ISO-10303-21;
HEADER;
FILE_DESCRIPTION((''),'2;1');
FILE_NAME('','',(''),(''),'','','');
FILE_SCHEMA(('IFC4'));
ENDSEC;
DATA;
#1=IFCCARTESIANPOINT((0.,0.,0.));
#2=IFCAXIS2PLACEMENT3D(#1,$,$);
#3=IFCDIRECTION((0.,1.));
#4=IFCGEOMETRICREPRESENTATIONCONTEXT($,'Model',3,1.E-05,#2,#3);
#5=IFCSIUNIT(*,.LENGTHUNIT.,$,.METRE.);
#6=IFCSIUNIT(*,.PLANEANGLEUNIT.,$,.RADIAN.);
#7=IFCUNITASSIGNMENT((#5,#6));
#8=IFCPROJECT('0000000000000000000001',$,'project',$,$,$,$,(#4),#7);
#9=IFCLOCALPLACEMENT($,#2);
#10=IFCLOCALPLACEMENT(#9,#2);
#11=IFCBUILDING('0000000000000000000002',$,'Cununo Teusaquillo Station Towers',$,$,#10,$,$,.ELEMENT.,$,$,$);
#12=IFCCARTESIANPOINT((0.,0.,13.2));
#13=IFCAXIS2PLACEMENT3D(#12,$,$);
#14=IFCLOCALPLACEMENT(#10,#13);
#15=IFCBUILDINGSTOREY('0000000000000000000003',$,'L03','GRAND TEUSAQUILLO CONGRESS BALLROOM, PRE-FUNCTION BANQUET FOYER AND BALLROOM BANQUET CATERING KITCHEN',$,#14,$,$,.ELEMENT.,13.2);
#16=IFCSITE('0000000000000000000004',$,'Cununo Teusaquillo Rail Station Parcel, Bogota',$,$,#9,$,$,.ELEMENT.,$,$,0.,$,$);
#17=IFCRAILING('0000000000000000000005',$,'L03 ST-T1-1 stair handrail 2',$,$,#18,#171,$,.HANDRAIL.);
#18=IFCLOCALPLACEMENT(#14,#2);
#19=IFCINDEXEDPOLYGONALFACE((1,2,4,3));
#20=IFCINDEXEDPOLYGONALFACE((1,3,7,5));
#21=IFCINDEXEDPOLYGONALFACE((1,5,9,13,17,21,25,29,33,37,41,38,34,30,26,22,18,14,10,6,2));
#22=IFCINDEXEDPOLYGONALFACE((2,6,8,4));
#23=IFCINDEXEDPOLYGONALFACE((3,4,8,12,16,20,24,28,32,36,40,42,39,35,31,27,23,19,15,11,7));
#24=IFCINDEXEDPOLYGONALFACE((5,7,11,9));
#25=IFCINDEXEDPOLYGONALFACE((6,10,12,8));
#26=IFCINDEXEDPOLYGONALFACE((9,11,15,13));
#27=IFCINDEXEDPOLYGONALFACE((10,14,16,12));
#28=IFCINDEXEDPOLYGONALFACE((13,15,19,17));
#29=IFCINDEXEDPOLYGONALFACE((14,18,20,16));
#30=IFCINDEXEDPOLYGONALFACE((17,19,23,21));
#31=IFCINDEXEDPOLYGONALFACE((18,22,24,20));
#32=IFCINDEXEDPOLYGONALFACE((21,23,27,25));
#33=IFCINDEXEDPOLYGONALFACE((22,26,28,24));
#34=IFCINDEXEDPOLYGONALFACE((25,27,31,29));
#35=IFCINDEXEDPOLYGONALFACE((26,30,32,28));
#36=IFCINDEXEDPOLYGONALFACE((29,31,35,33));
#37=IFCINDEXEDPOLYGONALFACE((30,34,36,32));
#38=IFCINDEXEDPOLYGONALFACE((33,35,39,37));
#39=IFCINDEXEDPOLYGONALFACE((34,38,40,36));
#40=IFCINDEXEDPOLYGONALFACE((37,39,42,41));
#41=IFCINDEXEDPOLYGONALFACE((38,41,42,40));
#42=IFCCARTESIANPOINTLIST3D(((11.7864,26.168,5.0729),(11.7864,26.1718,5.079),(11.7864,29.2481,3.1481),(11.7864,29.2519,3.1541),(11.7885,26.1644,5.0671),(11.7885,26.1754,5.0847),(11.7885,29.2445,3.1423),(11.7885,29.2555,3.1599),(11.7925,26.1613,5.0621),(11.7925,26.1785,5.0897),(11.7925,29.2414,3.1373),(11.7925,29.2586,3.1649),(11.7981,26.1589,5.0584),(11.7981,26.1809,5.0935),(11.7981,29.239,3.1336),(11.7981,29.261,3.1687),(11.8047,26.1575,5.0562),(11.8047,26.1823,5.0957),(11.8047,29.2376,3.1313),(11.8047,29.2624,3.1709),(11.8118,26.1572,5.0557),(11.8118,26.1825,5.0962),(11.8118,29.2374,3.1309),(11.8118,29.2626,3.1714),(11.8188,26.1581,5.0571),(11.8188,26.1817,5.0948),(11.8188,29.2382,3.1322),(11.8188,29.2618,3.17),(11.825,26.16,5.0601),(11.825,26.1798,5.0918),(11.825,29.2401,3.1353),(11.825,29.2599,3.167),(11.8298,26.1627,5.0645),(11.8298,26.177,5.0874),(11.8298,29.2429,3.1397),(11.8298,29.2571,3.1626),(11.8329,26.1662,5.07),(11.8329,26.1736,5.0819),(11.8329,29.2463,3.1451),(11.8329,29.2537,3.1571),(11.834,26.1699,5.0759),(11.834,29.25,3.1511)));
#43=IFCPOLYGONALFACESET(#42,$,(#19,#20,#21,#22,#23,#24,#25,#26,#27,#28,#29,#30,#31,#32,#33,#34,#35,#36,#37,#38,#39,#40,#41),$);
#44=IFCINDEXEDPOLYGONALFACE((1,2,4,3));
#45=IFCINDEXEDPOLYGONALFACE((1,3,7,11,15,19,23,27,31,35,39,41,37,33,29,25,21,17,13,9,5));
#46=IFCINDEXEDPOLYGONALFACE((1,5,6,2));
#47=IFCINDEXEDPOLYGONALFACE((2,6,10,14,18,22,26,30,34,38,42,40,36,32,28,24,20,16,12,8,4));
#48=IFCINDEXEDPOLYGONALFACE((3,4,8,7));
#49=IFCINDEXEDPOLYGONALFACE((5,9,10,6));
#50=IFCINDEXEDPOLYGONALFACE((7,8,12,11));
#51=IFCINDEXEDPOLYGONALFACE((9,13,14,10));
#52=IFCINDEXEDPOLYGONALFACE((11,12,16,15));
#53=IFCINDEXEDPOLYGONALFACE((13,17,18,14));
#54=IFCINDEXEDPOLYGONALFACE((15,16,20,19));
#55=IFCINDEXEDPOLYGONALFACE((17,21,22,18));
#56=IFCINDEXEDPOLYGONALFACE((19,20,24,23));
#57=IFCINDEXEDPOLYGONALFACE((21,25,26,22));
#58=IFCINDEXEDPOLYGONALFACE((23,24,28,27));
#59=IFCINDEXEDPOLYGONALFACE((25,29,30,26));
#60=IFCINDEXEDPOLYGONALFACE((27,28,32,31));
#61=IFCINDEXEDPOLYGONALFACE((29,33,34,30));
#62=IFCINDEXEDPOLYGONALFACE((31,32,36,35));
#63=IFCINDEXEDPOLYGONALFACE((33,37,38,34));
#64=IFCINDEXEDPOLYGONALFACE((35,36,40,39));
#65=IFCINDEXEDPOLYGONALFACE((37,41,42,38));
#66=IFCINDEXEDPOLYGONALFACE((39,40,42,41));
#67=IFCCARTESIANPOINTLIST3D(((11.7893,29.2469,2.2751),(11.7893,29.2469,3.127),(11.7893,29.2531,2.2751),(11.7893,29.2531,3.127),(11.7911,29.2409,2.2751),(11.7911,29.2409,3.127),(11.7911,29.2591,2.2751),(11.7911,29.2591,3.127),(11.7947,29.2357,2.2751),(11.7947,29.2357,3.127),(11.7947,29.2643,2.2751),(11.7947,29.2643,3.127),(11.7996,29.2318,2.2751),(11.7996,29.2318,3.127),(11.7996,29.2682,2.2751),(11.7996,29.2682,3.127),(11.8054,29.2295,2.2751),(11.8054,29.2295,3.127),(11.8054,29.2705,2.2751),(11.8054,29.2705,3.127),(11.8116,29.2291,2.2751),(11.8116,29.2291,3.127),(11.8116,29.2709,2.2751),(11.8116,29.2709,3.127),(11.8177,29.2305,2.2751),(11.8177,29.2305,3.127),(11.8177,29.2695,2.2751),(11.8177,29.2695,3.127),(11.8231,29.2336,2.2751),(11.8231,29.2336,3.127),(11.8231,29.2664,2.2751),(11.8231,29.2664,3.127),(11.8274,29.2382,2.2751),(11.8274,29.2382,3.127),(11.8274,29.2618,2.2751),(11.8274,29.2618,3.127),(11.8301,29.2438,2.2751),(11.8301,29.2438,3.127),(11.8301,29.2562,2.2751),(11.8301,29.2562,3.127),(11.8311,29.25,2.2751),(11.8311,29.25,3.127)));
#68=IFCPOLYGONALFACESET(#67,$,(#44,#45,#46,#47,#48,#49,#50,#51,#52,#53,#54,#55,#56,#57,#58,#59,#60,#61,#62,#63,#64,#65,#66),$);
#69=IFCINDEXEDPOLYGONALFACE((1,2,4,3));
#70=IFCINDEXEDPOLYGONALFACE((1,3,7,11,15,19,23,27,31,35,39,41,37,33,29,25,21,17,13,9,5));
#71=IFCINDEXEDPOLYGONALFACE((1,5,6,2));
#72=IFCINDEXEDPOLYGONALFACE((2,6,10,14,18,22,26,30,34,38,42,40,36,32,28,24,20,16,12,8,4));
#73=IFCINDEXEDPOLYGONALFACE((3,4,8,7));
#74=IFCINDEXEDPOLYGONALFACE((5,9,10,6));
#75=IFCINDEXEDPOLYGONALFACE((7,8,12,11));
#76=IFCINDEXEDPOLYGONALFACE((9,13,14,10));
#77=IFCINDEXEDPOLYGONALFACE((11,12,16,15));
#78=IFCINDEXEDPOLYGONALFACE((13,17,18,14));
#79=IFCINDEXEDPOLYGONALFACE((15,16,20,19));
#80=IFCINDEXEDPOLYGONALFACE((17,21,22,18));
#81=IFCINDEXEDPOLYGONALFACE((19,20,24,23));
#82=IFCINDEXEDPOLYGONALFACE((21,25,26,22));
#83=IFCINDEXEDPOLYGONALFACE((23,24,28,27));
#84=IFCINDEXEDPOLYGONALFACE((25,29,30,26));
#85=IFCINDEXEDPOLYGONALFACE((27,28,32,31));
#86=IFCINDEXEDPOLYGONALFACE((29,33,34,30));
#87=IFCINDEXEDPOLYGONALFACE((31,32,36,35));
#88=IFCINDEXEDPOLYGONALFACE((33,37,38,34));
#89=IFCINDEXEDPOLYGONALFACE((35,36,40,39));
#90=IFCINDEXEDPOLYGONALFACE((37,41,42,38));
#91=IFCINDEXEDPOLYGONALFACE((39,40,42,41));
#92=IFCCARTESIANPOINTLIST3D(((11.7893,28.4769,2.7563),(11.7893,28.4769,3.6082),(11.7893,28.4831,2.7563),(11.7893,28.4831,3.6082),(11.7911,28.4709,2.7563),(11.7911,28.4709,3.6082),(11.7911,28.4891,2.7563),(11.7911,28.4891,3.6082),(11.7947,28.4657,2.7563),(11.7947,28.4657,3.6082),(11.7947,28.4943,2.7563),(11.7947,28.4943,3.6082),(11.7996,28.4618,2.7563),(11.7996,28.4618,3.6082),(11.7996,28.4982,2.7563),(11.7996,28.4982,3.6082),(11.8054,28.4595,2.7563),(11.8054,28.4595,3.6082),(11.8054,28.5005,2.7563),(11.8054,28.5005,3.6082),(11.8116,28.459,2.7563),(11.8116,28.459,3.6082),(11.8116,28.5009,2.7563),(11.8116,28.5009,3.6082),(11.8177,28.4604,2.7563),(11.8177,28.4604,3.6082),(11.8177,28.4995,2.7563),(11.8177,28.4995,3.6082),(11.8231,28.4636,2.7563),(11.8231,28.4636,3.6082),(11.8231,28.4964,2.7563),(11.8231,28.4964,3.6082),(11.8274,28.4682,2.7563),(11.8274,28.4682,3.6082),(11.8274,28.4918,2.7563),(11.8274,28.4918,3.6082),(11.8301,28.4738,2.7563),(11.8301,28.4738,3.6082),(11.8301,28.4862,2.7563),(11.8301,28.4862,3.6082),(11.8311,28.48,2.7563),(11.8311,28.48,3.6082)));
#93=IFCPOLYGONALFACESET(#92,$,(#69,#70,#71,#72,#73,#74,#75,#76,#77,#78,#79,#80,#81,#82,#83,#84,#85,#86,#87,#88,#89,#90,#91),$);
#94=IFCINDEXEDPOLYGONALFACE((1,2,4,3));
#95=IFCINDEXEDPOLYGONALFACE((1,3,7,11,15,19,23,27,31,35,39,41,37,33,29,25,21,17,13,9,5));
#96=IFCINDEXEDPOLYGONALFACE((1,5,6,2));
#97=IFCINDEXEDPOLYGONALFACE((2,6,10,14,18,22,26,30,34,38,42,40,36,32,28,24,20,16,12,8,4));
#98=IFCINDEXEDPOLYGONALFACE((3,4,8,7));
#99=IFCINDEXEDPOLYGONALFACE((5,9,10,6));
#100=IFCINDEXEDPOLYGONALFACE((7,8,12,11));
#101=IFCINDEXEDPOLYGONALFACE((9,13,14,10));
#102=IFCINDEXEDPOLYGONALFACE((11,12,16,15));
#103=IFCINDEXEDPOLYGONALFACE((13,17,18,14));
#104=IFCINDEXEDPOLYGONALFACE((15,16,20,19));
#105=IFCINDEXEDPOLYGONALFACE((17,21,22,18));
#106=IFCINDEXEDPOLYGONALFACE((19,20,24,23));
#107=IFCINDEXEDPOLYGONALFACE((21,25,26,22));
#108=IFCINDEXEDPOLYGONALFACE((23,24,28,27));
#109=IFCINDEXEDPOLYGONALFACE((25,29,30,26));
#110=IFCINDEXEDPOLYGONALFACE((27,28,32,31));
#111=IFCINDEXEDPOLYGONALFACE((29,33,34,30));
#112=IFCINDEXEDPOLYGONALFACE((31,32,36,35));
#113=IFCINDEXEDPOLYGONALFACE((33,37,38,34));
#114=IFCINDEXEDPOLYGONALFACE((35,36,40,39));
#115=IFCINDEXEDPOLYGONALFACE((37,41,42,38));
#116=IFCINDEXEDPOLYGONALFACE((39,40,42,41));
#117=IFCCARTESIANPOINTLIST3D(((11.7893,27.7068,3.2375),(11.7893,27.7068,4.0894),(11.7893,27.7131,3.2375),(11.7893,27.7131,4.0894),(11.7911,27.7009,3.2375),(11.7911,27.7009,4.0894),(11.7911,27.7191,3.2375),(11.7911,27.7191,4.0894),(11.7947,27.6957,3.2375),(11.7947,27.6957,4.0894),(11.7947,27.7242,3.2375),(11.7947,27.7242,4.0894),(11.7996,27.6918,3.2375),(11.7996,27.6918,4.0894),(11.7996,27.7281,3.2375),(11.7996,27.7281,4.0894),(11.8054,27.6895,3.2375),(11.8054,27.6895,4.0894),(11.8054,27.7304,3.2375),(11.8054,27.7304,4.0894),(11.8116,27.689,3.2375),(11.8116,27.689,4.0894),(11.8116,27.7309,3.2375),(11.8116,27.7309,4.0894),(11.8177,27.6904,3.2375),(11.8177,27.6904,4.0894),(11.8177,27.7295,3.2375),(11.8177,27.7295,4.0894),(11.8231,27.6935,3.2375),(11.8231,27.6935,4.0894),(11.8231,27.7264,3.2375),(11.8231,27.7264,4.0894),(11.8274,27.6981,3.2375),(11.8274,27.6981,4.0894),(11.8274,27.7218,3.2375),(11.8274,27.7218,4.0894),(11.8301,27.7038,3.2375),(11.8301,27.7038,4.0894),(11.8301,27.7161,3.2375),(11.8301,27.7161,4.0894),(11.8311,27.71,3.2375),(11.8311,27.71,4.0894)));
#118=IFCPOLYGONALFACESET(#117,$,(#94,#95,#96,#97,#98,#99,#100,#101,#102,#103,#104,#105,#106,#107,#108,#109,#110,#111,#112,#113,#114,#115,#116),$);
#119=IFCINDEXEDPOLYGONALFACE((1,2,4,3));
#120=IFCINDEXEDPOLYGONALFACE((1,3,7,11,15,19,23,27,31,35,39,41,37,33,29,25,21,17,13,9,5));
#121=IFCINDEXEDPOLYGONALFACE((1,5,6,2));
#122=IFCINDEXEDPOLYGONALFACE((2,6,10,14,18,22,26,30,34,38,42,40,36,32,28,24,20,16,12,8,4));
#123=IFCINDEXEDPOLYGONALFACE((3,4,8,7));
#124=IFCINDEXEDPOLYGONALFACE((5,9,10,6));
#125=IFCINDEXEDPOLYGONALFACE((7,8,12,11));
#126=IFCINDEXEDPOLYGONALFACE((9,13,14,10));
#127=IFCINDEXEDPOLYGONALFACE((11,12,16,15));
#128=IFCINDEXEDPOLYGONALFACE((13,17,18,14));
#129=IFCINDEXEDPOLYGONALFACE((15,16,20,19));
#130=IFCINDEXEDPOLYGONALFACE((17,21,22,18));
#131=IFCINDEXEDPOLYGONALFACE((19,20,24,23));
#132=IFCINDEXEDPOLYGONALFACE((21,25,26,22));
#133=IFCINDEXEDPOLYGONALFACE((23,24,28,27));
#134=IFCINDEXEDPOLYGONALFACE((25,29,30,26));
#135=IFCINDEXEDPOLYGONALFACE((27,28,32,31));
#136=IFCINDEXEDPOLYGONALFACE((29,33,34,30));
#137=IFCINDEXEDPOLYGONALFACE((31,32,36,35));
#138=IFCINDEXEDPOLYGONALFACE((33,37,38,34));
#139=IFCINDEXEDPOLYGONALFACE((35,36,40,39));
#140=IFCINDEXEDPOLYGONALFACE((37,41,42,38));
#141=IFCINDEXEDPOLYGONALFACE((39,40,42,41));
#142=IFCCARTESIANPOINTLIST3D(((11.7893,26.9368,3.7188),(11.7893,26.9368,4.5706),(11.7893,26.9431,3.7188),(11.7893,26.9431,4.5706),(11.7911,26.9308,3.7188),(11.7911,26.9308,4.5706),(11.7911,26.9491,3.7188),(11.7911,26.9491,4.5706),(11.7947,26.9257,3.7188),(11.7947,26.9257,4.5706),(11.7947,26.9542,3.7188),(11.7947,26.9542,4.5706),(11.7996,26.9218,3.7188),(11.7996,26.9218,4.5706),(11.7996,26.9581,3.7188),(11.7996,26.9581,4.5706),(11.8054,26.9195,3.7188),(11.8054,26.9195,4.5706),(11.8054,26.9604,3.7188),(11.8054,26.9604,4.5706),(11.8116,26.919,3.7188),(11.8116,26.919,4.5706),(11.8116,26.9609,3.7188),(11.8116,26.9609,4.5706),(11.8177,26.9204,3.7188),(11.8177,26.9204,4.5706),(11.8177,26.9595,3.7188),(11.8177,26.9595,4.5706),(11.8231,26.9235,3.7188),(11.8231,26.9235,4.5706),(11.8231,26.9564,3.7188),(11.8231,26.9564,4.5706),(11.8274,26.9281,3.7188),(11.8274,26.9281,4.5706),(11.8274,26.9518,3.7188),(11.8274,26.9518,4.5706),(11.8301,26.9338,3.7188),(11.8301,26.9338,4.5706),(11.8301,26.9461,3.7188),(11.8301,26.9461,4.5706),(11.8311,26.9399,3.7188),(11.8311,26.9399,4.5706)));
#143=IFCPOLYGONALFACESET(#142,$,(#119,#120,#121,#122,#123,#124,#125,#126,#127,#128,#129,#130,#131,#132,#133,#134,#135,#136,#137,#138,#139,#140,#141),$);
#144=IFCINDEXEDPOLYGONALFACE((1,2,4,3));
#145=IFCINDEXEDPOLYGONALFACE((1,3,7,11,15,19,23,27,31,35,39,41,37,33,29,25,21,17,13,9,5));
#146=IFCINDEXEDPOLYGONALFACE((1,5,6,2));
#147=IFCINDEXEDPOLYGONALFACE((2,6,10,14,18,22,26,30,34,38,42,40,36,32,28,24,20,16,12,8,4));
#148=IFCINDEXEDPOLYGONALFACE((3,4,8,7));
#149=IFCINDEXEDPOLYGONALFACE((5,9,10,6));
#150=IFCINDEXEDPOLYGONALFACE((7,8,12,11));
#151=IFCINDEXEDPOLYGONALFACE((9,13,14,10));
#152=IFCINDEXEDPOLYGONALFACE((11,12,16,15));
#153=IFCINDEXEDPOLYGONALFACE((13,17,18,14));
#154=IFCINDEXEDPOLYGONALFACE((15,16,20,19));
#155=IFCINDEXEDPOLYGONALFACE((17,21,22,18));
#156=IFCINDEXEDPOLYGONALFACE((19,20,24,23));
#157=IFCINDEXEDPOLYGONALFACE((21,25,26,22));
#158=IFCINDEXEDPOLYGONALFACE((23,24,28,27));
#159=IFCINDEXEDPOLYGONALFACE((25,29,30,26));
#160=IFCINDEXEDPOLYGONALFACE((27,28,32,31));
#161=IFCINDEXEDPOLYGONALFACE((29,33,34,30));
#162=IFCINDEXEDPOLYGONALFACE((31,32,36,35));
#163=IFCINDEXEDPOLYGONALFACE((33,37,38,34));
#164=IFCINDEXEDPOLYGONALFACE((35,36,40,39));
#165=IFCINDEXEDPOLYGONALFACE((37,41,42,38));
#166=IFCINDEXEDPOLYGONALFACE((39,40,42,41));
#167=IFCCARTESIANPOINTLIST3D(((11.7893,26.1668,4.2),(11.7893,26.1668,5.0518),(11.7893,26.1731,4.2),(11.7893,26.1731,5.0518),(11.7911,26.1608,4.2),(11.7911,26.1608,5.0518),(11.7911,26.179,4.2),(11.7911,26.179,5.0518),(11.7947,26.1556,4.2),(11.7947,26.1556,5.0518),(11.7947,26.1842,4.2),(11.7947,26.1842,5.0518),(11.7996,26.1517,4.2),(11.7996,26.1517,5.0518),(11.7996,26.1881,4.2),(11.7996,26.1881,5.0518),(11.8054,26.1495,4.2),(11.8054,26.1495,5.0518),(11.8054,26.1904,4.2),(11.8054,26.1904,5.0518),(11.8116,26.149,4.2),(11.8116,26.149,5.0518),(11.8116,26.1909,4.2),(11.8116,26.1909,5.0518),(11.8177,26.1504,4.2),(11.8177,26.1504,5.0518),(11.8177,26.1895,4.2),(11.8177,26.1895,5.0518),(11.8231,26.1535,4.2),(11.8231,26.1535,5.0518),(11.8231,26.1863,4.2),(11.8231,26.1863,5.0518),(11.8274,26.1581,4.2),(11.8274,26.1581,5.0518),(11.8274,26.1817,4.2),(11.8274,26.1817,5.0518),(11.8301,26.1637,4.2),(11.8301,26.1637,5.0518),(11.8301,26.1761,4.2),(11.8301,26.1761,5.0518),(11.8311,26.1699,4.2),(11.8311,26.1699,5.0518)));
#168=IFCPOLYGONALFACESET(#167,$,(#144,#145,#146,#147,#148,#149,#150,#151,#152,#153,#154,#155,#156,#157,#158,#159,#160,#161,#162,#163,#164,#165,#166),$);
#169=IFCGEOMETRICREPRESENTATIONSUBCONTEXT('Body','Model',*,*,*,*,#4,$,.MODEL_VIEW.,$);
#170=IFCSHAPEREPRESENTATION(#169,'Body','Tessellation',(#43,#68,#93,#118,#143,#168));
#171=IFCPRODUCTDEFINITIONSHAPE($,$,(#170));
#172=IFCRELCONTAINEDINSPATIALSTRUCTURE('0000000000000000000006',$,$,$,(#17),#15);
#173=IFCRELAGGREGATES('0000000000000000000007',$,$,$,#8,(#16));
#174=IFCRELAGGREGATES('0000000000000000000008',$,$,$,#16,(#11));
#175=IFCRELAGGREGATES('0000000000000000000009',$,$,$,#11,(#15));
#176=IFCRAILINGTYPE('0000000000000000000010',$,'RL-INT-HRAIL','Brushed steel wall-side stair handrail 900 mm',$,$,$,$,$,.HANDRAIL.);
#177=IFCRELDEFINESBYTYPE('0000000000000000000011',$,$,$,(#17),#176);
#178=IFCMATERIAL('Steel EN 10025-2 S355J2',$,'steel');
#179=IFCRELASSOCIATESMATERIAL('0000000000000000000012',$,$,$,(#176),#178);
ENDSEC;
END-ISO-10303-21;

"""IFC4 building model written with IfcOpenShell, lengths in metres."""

from ifc_helpers import new_model, si_unit, direction, frame, origin, origin_2d, place, context, subcontext, project, spatial, circle, extrude, material, type_object, element, save


model = new_model("IFC4")

# Units and contexts
model_context = context("Model", 3, precision=1e-05, world=origin(), true_north=direction((0.0, 1.0)))
body_context = subcontext(model_context, "Body", "Model", "MODEL_VIEW")
ifc_project = project(units=[si_unit("LENGTHUNIT", "METRE"), si_unit("PLANEANGLEUNIT", "RADIAN")], contexts=[model_context])

# Site, building, storey
site_placement = place(None, origin())
site = spatial("IfcSite", under=ifc_project, at=site_placement, Name="Cununo Teusaquillo Rail Station Parcel, Bogota", CompositionType="ELEMENT", RefElevation=0.0)
building_placement = place(site_placement, origin())
building = spatial("IfcBuilding", under=site, at=building_placement, Name="Cununo Teusaquillo Station Towers", CompositionType="ELEMENT")
storey_placement = place(building_placement, frame((0.0, 0.0, 13.2)))
storey = spatial("IfcBuildingStorey", under=building, at=storey_placement, Name="L03", Description="GRAND TEUSAQUILLO CONGRESS BALLROOM, PRE-FUNCTION BANQUET FOYER AND BALLROOM BANQUET CATERING KITCHEN", CompositionType="ELEMENT", Elevation=13.2)

# Railing
ifc_material_1 = material(Name="Steel EN 10025-2 S355J2", Category="steel")
railing_type_1 = type_object("IfcRailingType", Name="RL-INT-HRAIL", Description="Brushed steel wall-side stair handrail 900 mm", PredefinedType="HANDRAIL", material=ifc_material_1)
railing_1_placement = place(storey_placement, frame((11.8101, 29.25, 2.2751)))
element("IfcRailing", 1, at=railing_1_placement, inside=storey, type_object=railing_type_1, Name="L03 ST-T1-1 stair handrail 2", PredefinedType="HANDRAIL", context=body_context, shape_type="SweptSolid", body=[
    extrude(circle(Radius=0.0239, at=origin_2d()), frame((0.0, 0.0, 0.876), z_axis=(0.0, -0.848029, 0.529951), x_axis=(1.0, 0.0, 0.0)), (0.0, 0.0, 1.0), 3.6321),
    extrude(circle(Radius=0.021, at=origin_2d()), origin(), (0.0, 0.0, 1.0), 0.8518),
    extrude(circle(Radius=0.021, at=origin_2d()), frame((0.0, -0.77, 0.4812)), (0.0, 0.0, 1.0), 0.8518),
    extrude(circle(Radius=0.021, at=origin_2d()), frame((0.0, -1.54, 0.9624)), (0.0, 0.0, 1.0), 0.8518),
    extrude(circle(Radius=0.021, at=origin_2d()), frame((0.0, -2.3101, 1.4436)), (0.0, 0.0, 1.0), 0.8518),
    extrude(circle(Radius=0.021, at=origin_2d()), frame((0.0, -3.0801, 1.9248)), (0.0, 0.0, 1.0), 0.8518),
])

save(model, "model.ifc")
